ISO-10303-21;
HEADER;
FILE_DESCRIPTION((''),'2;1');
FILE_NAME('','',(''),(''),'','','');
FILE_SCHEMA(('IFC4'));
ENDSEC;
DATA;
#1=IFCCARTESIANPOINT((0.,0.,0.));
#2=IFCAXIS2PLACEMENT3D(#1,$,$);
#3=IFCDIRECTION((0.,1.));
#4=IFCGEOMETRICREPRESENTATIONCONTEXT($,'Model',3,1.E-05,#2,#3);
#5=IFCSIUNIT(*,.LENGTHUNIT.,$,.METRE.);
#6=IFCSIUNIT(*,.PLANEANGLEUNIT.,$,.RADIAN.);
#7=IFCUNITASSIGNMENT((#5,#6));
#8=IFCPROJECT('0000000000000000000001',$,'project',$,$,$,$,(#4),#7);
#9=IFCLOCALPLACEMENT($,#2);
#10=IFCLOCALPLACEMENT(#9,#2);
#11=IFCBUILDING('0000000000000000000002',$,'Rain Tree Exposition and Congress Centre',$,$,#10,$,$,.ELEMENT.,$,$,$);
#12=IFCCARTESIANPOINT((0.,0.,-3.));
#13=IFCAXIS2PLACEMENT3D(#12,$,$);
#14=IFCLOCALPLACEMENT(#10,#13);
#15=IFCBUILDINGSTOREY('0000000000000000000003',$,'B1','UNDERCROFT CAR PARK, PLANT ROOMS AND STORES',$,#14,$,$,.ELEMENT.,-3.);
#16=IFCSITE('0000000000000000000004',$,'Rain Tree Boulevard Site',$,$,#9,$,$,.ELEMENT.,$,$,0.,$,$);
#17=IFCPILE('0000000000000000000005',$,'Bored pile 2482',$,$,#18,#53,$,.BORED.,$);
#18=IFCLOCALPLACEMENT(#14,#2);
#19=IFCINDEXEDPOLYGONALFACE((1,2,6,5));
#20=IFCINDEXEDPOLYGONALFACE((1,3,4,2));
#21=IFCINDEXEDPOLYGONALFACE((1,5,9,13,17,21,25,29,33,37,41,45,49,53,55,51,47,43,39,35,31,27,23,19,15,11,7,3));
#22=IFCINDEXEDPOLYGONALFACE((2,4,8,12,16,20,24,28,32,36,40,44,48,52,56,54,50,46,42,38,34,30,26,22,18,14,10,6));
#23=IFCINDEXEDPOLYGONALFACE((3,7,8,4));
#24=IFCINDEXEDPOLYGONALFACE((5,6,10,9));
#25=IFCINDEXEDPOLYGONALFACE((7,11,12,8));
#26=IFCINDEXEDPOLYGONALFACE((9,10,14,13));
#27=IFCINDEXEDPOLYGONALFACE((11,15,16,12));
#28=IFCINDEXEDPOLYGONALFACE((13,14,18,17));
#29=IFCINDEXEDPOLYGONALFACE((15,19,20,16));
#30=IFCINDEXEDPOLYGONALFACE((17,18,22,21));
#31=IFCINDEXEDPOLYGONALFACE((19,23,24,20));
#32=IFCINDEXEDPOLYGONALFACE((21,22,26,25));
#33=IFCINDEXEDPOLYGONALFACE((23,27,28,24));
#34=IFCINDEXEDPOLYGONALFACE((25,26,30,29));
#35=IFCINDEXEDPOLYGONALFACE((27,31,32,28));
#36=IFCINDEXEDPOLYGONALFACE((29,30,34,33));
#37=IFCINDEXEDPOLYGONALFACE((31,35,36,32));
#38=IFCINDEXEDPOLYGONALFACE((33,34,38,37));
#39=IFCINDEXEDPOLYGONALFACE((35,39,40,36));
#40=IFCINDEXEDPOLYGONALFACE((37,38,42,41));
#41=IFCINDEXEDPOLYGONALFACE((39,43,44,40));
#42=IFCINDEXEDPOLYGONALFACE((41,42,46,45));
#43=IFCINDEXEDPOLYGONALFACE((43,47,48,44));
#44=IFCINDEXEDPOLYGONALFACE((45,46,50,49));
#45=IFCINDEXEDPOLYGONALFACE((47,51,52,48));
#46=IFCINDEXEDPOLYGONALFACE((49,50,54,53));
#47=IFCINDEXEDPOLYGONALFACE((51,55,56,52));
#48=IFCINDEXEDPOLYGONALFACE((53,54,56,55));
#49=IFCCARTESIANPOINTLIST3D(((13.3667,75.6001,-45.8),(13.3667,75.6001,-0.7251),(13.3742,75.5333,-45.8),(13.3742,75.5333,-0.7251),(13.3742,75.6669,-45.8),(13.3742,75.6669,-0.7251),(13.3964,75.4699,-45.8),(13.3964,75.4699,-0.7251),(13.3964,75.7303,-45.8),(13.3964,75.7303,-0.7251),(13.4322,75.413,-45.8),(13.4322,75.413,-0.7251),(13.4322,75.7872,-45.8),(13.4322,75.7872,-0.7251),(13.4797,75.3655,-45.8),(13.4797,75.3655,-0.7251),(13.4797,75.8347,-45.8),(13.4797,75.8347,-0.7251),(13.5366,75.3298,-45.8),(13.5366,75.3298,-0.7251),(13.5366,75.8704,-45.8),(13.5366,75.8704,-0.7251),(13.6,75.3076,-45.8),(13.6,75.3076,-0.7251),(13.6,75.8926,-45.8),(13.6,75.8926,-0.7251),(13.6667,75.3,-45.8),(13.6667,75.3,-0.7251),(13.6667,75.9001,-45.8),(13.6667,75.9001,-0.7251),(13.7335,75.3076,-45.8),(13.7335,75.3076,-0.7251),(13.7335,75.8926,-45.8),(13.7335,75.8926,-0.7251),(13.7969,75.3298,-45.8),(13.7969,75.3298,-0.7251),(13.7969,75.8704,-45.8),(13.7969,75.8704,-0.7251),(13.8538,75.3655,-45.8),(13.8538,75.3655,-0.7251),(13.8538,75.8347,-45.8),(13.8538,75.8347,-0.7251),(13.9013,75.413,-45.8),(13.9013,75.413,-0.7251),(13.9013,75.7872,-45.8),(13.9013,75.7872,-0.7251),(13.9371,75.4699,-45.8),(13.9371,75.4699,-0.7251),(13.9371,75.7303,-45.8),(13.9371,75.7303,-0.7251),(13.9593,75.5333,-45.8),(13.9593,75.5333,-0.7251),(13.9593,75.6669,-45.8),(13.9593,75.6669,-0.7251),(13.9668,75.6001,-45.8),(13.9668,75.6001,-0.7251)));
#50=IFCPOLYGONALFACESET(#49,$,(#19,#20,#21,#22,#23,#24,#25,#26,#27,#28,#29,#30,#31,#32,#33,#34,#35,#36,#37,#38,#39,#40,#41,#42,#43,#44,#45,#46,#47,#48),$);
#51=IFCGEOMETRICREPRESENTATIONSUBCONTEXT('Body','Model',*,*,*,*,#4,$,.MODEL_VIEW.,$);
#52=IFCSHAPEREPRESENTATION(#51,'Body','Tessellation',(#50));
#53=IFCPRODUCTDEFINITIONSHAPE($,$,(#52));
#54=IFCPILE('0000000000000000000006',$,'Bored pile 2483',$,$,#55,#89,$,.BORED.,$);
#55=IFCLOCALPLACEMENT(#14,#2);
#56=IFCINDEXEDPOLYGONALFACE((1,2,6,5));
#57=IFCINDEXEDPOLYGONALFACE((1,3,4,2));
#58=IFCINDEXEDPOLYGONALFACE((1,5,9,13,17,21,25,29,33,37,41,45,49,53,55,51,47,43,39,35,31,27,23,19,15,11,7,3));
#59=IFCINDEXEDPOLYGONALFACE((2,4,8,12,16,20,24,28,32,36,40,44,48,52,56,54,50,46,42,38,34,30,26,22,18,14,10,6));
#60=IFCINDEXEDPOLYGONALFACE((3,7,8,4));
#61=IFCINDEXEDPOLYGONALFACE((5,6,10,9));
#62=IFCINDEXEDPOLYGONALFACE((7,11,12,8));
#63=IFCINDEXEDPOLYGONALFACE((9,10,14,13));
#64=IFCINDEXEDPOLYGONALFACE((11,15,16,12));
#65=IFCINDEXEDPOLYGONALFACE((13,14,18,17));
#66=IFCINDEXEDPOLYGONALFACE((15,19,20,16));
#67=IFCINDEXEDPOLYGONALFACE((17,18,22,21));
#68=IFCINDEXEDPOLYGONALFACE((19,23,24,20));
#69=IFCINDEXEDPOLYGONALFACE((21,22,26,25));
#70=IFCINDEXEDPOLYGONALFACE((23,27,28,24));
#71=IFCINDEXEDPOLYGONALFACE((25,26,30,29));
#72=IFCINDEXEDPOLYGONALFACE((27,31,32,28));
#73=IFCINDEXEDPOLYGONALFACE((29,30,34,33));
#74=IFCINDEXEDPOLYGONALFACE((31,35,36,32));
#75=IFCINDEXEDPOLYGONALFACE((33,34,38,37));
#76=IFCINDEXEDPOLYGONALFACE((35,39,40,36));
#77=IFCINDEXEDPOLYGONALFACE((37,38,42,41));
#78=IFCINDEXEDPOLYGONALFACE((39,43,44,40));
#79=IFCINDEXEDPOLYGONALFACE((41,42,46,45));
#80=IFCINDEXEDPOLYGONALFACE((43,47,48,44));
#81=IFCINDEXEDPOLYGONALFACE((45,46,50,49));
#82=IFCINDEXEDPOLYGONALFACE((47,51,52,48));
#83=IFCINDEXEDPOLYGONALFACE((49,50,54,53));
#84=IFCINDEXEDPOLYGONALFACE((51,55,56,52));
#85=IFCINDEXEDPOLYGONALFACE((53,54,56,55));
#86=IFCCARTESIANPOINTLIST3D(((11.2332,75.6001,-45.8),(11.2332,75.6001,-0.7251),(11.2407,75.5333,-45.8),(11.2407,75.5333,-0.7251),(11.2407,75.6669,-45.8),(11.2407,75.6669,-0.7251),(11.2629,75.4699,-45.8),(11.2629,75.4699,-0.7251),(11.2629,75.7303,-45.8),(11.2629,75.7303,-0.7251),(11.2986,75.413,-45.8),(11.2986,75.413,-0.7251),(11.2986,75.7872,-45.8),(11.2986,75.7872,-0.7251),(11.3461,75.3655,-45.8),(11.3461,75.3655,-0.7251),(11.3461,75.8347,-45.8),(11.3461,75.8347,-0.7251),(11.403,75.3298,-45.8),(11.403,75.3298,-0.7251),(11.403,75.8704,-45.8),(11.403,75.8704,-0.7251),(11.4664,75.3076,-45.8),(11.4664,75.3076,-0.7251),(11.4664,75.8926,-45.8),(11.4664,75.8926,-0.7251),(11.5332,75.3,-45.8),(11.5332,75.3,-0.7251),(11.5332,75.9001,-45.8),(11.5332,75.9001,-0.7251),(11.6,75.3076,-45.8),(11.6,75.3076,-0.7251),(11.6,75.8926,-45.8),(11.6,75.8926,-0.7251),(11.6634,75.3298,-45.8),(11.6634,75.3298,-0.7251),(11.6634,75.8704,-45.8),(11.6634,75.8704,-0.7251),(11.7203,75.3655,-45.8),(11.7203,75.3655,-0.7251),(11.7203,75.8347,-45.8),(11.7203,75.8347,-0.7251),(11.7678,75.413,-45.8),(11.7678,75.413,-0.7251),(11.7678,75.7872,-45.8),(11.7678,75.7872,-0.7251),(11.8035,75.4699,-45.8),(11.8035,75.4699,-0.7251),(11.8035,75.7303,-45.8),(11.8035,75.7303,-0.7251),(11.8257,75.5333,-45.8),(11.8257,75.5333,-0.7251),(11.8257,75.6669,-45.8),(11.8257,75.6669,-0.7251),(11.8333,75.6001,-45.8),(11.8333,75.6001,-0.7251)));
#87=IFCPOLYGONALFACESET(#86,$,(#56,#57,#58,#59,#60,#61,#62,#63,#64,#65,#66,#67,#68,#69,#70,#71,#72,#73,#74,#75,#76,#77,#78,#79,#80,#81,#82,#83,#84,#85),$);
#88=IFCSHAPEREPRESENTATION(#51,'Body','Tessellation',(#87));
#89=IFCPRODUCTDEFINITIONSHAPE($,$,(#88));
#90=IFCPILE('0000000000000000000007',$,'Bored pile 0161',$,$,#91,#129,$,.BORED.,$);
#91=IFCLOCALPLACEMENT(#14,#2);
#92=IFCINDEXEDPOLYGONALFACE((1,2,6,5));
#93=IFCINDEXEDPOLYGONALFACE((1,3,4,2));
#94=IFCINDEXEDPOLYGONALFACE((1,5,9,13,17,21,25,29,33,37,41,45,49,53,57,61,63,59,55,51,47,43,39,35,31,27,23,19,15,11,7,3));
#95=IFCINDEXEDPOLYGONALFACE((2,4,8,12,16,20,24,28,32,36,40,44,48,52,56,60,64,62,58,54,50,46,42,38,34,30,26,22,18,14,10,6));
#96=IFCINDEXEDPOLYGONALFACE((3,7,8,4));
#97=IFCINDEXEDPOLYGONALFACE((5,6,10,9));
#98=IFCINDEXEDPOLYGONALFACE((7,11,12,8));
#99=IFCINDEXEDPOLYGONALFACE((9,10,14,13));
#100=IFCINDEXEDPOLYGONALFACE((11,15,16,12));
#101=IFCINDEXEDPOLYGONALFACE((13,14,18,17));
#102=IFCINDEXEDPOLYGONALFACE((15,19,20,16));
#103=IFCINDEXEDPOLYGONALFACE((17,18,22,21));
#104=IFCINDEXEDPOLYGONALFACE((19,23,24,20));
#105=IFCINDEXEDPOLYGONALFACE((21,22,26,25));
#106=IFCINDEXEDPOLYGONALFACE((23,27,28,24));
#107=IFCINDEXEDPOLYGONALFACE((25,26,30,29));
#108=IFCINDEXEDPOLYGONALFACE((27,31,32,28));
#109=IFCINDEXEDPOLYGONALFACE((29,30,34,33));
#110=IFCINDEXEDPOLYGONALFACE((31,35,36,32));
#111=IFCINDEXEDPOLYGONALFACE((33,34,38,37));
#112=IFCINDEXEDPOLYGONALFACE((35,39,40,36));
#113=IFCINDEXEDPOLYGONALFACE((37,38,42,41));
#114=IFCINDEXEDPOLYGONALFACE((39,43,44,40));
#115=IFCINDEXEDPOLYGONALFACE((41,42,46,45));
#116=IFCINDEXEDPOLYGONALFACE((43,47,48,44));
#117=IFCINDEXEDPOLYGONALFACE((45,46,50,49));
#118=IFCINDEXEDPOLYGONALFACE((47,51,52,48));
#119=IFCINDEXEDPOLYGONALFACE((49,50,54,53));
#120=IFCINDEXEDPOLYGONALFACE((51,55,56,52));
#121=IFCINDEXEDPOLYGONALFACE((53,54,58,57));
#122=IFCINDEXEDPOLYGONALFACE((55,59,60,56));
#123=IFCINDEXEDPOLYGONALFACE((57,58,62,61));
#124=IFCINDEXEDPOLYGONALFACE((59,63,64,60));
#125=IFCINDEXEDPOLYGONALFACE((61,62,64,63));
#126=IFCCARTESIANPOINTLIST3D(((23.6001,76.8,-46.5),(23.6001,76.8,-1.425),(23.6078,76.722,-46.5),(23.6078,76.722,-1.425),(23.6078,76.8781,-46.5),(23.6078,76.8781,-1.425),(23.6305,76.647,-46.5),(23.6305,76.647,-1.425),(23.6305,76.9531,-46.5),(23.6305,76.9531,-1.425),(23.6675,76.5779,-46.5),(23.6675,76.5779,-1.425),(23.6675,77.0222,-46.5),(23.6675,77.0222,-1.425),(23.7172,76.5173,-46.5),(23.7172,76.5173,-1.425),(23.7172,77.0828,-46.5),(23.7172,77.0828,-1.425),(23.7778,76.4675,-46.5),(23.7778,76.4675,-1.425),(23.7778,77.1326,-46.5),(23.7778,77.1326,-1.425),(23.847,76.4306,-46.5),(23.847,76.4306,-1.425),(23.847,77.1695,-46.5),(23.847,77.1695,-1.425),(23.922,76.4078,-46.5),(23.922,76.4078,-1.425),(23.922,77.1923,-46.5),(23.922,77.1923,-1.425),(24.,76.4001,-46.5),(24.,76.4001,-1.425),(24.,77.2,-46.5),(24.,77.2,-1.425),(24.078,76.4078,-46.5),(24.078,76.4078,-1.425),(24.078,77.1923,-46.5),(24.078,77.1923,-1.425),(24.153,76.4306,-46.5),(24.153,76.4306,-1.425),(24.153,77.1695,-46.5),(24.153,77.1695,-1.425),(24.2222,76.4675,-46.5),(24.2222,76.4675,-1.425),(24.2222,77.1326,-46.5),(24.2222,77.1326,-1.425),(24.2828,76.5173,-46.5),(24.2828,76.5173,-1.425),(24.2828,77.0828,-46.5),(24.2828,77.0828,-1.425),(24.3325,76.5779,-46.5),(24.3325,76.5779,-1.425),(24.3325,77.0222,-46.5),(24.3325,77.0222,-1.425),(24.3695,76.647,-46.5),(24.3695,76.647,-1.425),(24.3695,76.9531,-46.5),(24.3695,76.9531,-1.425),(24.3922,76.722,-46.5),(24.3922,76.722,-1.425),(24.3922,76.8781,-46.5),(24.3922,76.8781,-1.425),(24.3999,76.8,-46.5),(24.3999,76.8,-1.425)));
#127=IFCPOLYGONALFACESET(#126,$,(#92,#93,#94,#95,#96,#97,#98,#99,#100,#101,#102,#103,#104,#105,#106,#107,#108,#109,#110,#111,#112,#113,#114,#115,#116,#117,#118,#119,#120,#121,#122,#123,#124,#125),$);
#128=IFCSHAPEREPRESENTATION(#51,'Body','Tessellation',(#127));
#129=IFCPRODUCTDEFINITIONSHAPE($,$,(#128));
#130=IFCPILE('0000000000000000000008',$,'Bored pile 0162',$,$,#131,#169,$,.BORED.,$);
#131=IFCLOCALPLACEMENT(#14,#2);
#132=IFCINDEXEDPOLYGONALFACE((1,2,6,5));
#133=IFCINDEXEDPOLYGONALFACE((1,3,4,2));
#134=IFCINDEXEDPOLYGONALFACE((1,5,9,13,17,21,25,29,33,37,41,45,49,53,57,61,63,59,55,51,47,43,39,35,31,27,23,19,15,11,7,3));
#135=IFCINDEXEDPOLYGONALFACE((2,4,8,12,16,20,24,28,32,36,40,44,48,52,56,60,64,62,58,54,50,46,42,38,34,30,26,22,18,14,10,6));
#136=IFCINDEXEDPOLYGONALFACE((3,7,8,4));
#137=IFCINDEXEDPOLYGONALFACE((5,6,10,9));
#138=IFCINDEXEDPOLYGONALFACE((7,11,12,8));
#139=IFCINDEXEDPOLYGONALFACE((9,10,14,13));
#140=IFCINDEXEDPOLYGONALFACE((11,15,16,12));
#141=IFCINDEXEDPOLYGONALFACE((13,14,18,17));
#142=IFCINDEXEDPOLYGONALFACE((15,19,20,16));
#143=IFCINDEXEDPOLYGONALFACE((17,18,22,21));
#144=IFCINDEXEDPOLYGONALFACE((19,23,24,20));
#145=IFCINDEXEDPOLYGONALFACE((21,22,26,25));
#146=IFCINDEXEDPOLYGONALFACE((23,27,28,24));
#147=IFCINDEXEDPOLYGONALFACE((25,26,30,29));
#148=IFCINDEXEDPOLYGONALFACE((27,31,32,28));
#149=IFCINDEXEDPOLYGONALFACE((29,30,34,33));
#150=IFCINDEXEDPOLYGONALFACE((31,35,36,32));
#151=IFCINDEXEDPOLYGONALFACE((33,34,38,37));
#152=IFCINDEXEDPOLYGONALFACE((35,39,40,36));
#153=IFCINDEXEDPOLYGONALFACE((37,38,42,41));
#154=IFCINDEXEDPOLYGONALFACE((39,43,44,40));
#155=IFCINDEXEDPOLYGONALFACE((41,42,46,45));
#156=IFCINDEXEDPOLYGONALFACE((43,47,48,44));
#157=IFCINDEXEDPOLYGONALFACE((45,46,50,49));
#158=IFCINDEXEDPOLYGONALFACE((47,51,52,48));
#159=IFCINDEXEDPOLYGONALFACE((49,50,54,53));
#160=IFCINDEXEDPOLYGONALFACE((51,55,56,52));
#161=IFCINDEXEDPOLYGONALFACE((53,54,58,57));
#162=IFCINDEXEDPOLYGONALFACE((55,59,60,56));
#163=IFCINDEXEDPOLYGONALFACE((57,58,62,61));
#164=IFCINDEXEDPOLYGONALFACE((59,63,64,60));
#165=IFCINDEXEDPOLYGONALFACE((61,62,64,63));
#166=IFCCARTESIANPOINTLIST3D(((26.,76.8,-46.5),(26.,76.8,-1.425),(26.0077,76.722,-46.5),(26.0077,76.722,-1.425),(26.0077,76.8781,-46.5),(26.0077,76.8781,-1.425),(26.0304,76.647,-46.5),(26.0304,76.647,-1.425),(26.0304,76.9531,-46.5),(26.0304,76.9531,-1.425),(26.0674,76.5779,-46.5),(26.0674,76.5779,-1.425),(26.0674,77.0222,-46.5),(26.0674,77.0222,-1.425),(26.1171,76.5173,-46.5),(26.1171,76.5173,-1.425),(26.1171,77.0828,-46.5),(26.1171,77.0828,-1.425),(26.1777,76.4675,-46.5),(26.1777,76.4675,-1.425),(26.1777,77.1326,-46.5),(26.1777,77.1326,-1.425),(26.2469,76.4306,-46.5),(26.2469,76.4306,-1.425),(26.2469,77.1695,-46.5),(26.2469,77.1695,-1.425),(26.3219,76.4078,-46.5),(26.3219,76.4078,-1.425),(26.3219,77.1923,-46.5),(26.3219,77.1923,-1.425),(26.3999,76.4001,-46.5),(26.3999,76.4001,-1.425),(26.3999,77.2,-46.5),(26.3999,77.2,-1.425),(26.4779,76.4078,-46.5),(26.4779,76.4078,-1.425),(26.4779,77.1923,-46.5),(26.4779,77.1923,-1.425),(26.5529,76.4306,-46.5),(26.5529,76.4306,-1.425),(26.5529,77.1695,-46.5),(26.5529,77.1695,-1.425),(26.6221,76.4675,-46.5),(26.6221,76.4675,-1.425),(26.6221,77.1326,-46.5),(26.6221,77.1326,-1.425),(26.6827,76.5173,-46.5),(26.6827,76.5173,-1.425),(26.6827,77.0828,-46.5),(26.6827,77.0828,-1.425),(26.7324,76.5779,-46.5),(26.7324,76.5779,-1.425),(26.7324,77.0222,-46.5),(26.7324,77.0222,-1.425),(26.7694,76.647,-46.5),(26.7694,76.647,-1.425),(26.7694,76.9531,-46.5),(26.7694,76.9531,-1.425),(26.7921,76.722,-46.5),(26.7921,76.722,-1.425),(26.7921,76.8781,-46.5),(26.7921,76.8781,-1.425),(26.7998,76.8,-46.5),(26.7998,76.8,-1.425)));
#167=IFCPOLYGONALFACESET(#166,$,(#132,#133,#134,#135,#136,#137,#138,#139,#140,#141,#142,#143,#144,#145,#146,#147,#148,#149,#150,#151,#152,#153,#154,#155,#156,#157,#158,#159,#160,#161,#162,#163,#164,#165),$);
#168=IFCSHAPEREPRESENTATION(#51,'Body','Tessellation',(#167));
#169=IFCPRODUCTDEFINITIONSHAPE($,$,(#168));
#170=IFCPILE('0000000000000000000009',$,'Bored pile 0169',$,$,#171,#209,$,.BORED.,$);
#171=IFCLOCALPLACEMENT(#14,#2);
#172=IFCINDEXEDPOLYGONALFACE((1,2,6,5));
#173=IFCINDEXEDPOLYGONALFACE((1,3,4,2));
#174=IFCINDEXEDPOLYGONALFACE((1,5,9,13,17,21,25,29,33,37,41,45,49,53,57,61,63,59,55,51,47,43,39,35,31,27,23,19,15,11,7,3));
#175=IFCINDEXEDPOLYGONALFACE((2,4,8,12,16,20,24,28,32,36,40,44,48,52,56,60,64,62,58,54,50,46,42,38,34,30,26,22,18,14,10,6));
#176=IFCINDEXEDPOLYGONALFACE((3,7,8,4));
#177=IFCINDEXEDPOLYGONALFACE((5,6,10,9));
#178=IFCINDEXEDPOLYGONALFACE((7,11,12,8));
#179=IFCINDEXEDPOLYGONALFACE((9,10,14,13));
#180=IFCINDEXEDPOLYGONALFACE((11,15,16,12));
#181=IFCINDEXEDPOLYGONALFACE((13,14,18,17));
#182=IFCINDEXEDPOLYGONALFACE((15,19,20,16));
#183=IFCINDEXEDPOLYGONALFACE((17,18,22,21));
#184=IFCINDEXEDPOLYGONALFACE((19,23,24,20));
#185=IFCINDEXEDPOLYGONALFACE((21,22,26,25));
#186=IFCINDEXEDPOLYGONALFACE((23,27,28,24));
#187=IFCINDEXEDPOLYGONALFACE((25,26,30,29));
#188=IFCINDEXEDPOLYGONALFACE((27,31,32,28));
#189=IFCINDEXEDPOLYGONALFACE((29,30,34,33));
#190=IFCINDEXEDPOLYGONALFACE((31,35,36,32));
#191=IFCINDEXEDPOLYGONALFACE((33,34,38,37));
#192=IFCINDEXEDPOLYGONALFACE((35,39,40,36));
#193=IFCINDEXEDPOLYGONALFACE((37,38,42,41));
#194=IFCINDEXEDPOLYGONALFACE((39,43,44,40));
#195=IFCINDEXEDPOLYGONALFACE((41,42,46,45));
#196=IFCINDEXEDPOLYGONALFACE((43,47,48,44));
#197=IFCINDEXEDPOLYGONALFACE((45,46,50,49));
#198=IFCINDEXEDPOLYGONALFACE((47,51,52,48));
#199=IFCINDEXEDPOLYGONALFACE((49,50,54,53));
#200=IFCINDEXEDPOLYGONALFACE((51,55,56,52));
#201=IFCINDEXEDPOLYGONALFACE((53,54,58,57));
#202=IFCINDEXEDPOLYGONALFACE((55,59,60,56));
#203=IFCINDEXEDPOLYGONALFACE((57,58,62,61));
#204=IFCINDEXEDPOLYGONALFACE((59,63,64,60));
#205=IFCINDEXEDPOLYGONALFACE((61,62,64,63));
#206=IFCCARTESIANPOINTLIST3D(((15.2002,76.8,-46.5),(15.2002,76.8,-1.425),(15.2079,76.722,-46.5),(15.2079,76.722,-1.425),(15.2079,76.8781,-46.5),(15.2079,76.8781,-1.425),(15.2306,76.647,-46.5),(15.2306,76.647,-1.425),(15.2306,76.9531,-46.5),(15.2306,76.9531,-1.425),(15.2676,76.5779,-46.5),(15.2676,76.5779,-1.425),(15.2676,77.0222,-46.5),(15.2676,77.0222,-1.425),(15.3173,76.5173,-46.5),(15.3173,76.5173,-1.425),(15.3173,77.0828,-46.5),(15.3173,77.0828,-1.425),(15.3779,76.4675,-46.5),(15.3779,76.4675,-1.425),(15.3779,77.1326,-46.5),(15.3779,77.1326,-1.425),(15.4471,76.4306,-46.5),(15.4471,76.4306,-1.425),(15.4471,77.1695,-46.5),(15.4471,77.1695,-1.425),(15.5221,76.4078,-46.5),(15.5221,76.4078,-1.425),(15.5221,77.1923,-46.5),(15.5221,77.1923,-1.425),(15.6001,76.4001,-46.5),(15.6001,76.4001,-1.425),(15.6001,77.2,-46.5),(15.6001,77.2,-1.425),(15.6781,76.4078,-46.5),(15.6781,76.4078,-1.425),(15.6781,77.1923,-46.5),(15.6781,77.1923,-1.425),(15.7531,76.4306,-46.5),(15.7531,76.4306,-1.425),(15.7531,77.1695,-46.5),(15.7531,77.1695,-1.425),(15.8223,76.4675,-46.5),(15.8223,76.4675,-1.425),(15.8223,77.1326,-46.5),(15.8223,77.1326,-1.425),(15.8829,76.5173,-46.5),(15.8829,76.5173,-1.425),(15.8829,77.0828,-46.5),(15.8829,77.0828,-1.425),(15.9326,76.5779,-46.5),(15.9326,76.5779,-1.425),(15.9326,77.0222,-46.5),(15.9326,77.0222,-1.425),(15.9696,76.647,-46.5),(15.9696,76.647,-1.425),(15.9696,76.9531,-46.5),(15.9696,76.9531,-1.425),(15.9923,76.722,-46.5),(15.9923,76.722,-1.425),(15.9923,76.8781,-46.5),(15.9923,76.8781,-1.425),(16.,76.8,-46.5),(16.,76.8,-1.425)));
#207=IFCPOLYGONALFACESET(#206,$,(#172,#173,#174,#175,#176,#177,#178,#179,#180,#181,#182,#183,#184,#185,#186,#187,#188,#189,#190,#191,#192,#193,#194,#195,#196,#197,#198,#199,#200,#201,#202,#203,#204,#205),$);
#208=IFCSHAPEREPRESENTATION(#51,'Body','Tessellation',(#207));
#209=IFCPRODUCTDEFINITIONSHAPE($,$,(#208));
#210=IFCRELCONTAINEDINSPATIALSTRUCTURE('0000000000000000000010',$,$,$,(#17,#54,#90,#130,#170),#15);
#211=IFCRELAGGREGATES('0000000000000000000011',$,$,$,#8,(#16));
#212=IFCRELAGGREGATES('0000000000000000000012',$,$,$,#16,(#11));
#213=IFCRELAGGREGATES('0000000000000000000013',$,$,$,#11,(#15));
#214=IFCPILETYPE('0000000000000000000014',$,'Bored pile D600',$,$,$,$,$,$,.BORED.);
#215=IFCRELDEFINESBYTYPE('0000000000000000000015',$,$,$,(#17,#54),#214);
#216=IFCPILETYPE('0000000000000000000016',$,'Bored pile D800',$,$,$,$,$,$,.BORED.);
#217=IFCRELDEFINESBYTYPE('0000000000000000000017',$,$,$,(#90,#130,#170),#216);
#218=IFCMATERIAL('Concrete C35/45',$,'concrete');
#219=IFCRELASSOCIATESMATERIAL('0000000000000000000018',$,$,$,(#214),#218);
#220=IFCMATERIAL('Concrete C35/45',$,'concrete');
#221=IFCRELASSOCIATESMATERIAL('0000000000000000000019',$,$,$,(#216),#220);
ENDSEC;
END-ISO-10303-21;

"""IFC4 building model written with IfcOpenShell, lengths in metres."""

from ifc_helpers import new_model, si_unit, direction, frame, origin, origin_2d, place, context, subcontext, project, spatial, circle, extrude, material, material_profile, profile_set, type_object, element, save


model = new_model("IFC4")

# Units and contexts
model_context = context("Model", 3, precision=1e-05, world=origin(), true_north=direction((0.0, 1.0)))
body_context = subcontext(model_context, "Body", "Model", "MODEL_VIEW")
ifc_project = project(units=[si_unit("LENGTHUNIT", "METRE"), si_unit("PLANEANGLEUNIT", "RADIAN")], contexts=[model_context])

# Site, building, storey
site_placement = place(None, origin())
site = spatial("IfcSite", under=ifc_project, at=site_placement, Name="Rain Tree Boulevard Site", CompositionType="ELEMENT", RefElevation=0.0)
building_placement = place(site_placement, origin())
building = spatial("IfcBuilding", under=site, at=building_placement, Name="Rain Tree Exposition and Congress Centre", CompositionType="ELEMENT")
storey_placement = place(building_placement, frame((0.0, 0.0, -3.0)))
storey = spatial("IfcBuildingStorey", under=building, at=storey_placement, Name="B1", Description="UNDERCROFT CAR PARK, PLANT ROOMS AND STORES", CompositionType="ELEMENT", Elevation=-3.0)

# Piles
ifc_material_1 = material(Name="Concrete C35/45", Category="concrete")
ifc_material_profile_1 = material_profile(ifc_material_1, circle(Radius=0.3, at=origin_2d()), Name="D600")
ifc_profile_set_1 = profile_set([ifc_material_profile_1], Name="Concrete C35/45")
pile_type_1 = type_object("IfcPileType", Name="Bored pile D600", PredefinedType="BORED", material=ifc_profile_set_1)
for number, where, z_axis, x_axis, name in (
    (1, (13.6667, 75.6001, -0.7251), (0.0, 0.0, -1.0), (1.0, 0.0, 0.0), "Bored pile 2482"),
    (2, (11.5332, 75.6001, -0.7251), (0.0, 0.0, -1.0), (1.0, 0.0, 0.0), "Bored pile 2483"),
):
    element("IfcPile", number, at=place(storey_placement, frame(where, z_axis=z_axis, x_axis=x_axis)), inside=storey, type_object=pile_type_1, Name=name, PredefinedType="BORED", context=body_context, shape_type="SweptSolid", body=[
        extrude(circle(Radius=0.3, at=origin_2d()), origin(), (0.0, 0.0, 1.0), 45.075),
    ])
ifc_material_2 = material(Name="Concrete C35/45", Category="concrete")
ifc_material_profile_2 = material_profile(ifc_material_2, circle(Radius=0.3999, at=origin_2d()), Name="D800")
ifc_profile_set_2 = profile_set([ifc_material_profile_2], Name="Concrete C35/45")
pile_type_2 = type_object("IfcPileType", Name="Bored pile D800", PredefinedType="BORED", material=ifc_profile_set_2)
for number, where, z_axis, x_axis, name in (
    (3, (24.0, 76.8, -1.425), (0.0, 0.0, -1.0), (1.0, 0.0, 0.0), "Bored pile 0161"),
    (4, (26.3999, 76.8, -1.425), (0.0, 0.0, -1.0), (1.0, 0.0, 0.0), "Bored pile 0162"),
    (5, (15.6001, 76.8, -1.425), (0.0, 0.0, -1.0), (1.0, 0.0, 0.0), "Bored pile 0169"),
):
    element("IfcPile", number, at=place(storey_placement, frame(where, z_axis=z_axis, x_axis=x_axis)), inside=storey, type_object=pile_type_2, Name=name, PredefinedType="BORED", context=body_context, shape_type="SweptSolid", body=[
        extrude(circle(Radius=0.3999, at=origin_2d()), origin(), (0.0, 0.0, 1.0), 45.075),
    ])

save(model, "model.ifc")
